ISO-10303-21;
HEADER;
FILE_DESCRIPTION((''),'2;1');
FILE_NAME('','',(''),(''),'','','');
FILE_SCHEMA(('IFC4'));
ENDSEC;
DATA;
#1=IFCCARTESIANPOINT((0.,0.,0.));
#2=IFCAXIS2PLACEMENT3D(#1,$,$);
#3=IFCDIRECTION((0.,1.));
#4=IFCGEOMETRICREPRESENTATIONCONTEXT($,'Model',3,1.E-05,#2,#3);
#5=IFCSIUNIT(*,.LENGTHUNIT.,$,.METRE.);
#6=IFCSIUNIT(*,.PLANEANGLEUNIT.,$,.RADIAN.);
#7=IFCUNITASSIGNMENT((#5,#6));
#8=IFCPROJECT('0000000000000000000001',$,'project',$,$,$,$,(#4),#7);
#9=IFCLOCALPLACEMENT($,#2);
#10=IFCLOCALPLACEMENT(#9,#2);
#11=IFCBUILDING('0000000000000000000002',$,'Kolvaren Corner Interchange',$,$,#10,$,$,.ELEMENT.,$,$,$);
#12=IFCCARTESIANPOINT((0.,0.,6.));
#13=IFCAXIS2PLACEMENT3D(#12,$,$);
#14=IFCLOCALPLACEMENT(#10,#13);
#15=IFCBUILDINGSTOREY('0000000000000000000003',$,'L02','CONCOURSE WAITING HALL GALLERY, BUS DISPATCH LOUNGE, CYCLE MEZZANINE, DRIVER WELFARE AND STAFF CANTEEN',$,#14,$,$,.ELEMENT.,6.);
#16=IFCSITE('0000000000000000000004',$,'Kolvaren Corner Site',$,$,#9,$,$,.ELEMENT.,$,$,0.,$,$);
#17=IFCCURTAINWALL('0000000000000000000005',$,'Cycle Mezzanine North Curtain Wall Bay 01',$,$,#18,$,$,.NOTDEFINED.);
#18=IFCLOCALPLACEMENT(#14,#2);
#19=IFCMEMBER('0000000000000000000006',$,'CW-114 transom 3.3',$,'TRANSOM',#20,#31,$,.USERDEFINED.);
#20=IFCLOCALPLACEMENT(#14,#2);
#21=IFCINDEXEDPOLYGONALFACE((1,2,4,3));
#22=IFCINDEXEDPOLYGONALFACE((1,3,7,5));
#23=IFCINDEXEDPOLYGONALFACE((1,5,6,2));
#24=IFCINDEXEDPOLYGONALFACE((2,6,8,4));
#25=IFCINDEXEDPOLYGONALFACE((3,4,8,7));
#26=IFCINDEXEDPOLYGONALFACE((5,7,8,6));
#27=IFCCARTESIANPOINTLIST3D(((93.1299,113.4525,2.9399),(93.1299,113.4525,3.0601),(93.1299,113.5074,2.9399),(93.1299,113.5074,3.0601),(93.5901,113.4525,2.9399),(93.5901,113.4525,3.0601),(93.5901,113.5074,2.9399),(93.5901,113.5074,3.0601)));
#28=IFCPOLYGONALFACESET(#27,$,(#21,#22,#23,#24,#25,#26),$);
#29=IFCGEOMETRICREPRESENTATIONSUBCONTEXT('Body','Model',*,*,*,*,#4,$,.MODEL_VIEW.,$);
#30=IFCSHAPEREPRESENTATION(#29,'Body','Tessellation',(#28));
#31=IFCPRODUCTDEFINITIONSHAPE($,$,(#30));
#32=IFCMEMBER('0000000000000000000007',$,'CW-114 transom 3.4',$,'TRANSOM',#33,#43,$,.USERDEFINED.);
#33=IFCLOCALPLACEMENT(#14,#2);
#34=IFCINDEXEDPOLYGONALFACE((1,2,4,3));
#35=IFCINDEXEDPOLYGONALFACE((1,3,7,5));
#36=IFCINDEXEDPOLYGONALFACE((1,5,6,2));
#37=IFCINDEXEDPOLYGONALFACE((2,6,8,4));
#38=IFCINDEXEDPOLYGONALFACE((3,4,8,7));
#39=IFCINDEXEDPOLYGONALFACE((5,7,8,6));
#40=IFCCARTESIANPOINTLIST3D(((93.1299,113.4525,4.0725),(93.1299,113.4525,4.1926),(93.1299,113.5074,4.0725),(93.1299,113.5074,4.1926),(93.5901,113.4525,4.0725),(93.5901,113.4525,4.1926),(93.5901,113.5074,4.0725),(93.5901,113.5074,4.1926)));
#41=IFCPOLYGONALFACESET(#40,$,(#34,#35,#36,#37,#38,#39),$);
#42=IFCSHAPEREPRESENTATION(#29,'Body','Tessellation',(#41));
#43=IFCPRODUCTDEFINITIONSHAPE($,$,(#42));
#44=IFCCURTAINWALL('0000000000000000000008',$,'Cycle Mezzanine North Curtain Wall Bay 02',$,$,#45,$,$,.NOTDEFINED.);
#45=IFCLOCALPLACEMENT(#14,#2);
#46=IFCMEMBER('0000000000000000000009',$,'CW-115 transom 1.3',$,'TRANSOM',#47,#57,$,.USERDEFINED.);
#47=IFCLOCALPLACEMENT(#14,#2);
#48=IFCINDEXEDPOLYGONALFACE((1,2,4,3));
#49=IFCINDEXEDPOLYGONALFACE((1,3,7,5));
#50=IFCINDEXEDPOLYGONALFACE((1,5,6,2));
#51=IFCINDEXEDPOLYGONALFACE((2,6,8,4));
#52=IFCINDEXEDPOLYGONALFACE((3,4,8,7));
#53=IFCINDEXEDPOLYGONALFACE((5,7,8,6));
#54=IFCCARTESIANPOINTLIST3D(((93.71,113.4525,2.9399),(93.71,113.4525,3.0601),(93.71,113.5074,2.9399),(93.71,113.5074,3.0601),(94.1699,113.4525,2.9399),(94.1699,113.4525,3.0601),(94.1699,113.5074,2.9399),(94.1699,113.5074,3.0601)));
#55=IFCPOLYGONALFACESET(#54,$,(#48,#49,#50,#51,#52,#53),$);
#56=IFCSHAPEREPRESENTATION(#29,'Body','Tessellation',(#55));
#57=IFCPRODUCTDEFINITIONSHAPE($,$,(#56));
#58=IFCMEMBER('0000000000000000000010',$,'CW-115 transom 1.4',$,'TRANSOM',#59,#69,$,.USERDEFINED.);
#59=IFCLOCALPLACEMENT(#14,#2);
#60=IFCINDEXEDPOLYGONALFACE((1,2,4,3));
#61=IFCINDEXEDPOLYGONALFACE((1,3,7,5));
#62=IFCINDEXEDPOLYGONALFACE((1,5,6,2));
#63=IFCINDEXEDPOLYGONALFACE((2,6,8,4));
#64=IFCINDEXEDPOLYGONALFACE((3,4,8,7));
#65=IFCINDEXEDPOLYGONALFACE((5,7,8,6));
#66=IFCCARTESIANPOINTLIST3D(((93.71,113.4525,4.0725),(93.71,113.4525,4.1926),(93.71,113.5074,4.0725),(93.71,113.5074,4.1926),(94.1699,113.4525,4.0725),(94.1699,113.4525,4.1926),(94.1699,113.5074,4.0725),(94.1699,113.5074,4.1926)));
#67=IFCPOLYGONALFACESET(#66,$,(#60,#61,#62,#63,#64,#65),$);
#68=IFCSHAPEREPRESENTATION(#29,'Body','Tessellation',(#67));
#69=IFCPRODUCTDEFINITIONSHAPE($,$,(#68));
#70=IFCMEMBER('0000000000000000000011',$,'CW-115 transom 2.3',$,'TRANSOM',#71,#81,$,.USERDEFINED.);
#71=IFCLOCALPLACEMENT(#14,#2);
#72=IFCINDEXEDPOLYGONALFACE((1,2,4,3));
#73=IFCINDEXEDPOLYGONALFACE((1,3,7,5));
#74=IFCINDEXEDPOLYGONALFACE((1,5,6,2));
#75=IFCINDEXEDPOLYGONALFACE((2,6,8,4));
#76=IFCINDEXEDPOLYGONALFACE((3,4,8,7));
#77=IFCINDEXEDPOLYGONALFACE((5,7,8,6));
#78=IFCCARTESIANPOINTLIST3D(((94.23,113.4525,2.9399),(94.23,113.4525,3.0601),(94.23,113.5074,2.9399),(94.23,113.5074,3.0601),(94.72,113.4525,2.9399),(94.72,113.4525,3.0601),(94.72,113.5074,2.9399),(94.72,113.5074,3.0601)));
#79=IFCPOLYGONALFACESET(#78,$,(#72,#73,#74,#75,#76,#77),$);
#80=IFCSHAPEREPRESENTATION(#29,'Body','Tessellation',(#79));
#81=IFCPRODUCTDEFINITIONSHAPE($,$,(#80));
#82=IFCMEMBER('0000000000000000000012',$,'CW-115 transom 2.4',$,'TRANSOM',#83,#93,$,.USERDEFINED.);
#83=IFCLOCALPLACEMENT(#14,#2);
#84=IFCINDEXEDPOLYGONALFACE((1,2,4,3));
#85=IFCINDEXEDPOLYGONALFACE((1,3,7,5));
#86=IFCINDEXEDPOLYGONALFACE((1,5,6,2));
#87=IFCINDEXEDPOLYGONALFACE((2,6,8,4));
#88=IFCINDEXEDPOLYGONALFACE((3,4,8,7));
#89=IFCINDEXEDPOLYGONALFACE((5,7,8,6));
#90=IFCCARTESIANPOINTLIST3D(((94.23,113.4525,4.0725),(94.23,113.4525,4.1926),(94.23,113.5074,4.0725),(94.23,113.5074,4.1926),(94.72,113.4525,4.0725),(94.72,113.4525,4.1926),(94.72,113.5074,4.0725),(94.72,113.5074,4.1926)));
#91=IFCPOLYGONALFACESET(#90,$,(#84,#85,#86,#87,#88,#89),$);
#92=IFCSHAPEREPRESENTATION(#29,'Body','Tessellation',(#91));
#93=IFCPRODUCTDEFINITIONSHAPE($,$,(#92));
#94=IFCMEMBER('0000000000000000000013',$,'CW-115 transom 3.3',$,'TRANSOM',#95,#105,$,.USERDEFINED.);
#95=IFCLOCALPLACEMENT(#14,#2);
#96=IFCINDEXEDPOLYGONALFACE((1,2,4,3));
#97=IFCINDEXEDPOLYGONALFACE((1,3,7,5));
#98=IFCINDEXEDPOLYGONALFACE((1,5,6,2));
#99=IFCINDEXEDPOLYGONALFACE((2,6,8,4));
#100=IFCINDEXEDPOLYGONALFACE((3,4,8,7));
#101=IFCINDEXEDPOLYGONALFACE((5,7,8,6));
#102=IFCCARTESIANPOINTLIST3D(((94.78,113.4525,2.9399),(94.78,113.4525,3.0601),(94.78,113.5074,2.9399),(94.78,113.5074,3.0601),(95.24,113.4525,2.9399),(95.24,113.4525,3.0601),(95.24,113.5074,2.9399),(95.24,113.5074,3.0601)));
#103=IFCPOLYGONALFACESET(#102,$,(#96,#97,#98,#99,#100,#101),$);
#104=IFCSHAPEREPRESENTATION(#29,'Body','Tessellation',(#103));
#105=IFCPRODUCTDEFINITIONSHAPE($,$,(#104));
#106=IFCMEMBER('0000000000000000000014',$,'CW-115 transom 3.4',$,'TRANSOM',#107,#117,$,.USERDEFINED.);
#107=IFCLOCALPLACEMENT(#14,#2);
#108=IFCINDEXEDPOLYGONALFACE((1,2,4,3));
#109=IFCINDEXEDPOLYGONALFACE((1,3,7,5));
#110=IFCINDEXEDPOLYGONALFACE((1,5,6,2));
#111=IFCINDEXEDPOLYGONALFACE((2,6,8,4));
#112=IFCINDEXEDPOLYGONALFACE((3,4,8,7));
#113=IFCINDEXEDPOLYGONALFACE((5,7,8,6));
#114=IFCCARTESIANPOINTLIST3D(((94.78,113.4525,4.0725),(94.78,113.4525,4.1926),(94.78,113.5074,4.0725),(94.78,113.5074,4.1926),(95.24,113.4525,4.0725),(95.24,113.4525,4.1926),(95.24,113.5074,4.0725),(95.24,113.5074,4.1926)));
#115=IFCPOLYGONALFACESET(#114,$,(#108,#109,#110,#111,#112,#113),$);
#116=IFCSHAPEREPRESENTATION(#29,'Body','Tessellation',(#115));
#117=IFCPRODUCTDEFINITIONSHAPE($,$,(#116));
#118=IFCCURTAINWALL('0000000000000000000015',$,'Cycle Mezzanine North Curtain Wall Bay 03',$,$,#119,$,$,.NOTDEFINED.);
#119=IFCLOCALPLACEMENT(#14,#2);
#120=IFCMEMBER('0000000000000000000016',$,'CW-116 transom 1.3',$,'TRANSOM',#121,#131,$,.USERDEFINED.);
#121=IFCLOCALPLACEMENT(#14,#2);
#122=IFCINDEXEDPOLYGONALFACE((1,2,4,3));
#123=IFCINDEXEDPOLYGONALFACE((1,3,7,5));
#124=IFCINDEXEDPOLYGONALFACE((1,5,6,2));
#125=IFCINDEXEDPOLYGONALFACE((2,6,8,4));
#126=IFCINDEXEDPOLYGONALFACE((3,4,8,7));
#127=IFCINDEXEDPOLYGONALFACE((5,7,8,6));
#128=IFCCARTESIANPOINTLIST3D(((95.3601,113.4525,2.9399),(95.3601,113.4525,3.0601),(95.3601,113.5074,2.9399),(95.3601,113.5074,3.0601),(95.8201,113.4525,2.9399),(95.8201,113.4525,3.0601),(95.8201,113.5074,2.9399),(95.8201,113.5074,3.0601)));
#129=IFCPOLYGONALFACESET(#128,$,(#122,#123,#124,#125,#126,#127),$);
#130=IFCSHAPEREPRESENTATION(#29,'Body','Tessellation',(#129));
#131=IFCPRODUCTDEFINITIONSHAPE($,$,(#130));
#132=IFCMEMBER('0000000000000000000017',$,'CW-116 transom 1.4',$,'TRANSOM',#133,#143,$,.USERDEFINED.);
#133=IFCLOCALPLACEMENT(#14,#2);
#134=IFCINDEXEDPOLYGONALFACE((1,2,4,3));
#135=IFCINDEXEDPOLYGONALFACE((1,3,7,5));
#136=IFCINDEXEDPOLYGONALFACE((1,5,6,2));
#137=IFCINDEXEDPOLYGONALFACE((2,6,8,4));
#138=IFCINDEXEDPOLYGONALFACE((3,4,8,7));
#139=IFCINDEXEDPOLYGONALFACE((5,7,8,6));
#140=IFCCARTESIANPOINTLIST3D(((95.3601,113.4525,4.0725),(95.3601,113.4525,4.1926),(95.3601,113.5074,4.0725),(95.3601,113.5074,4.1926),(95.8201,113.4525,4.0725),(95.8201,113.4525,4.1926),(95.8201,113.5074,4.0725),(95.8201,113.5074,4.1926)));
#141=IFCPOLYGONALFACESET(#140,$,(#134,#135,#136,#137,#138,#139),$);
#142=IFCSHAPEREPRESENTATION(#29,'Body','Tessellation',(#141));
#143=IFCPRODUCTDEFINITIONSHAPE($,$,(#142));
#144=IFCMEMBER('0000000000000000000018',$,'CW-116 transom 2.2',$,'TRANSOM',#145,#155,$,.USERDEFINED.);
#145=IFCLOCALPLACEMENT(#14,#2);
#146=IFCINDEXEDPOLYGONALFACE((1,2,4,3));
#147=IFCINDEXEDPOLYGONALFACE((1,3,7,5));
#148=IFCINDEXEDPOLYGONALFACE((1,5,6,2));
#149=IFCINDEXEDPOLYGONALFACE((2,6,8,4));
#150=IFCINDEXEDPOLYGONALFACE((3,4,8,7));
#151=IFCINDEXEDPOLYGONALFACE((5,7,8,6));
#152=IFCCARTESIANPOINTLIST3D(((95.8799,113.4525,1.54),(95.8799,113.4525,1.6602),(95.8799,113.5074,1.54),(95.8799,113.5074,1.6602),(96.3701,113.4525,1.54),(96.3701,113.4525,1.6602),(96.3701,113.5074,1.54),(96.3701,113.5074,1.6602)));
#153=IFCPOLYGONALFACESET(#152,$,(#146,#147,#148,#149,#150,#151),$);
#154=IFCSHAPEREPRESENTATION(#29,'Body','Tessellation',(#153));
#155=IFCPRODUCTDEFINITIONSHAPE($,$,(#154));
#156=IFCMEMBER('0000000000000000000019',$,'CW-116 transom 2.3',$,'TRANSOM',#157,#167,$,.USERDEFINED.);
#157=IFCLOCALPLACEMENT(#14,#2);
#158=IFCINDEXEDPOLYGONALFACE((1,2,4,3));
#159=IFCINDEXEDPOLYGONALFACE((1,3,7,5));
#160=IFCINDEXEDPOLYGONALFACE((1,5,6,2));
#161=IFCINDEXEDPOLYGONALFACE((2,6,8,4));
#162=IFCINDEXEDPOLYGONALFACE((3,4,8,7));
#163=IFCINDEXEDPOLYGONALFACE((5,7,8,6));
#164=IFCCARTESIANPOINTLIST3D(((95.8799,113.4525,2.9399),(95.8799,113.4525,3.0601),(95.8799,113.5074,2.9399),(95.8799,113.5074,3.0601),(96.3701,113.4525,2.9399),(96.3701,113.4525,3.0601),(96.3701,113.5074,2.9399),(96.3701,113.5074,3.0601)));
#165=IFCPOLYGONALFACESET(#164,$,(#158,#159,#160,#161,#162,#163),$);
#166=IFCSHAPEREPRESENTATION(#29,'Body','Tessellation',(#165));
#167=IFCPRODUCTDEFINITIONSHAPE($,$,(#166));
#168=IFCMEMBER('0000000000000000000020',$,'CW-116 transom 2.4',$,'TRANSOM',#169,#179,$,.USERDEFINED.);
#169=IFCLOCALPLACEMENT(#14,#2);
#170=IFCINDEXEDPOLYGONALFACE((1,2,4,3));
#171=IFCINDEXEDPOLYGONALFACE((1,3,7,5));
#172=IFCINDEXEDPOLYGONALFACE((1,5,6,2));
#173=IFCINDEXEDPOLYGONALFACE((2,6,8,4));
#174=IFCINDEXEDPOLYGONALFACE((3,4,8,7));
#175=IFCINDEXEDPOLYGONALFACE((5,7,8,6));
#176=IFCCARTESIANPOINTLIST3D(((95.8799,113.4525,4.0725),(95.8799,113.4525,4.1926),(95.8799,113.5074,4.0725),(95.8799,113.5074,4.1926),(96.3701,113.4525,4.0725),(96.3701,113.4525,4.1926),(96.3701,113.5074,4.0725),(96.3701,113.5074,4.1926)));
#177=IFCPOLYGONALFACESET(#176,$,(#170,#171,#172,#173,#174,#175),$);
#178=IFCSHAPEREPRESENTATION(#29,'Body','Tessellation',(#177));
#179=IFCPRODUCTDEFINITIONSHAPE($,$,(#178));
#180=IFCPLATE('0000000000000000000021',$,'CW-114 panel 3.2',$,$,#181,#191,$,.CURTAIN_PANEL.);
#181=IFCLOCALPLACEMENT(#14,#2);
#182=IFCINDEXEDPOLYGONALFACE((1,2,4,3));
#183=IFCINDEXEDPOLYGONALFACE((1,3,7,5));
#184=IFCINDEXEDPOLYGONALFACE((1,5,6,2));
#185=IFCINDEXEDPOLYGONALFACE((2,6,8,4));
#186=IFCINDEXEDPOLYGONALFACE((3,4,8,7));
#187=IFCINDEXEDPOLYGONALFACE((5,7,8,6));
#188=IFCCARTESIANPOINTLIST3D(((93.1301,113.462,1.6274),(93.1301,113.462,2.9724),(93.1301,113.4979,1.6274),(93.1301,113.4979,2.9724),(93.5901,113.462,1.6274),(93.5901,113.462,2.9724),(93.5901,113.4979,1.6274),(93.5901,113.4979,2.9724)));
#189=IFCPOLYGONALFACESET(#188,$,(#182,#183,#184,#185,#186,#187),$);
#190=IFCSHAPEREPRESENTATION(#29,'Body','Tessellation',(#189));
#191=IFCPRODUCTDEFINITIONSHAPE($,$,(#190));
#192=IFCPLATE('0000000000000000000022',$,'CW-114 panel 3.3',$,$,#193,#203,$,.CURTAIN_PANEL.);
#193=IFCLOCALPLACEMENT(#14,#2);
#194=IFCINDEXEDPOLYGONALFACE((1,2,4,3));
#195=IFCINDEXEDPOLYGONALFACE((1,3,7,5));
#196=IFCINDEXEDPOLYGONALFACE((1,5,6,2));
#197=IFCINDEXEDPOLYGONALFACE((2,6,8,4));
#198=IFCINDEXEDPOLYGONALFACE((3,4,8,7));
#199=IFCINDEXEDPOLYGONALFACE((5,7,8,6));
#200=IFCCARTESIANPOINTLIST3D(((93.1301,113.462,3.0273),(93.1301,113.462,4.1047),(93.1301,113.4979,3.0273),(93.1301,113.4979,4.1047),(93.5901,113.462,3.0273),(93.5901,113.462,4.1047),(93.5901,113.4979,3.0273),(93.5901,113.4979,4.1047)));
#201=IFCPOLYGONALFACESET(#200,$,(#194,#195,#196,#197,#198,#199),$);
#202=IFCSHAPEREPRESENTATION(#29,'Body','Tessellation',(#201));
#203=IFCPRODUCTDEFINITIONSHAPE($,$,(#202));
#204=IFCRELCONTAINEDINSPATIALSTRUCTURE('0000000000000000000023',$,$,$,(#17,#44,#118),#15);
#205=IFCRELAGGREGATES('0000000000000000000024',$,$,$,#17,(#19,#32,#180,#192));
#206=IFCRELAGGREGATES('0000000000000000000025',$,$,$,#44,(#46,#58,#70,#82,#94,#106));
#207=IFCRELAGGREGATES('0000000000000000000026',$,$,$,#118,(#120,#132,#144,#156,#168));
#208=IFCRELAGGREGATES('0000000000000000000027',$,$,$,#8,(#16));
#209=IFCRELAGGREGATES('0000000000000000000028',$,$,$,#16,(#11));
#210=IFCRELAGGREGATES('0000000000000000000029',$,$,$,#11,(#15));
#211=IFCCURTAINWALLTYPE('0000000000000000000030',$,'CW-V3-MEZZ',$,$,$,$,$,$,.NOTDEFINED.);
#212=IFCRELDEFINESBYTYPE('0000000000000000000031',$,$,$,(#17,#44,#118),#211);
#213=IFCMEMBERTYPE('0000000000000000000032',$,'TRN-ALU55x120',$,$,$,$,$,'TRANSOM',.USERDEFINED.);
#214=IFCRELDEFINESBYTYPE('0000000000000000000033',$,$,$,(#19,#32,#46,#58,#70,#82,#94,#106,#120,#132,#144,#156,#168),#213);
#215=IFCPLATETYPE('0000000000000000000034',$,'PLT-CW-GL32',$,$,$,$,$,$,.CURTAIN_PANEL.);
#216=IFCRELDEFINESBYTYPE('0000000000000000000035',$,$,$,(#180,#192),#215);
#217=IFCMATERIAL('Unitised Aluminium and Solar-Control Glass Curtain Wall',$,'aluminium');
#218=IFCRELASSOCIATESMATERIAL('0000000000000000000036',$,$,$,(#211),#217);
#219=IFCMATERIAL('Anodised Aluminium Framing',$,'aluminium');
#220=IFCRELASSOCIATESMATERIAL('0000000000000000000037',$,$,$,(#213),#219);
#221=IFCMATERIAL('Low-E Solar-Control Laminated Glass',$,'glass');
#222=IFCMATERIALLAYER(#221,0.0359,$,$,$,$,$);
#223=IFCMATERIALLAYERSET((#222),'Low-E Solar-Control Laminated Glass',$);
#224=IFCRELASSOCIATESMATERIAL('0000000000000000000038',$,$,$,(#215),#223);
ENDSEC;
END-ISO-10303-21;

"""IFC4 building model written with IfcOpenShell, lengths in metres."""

from ifc_helpers import new_model, si_unit, direction, frame, origin, origin_2d, place, context, subcontext, project, spatial, rectangle, extrude, material, layer, layer_set, material_profile, profile_set, type_object, element, aggregate, save


model = new_model("IFC4")

# Units and contexts
model_context = context("Model", 3, precision=1e-05, world=origin(), true_north=direction((0.0, 1.0)))
body_context = subcontext(model_context, "Body", "Model", "MODEL_VIEW")
ifc_project = project(units=[si_unit("LENGTHUNIT", "METRE"), si_unit("PLANEANGLEUNIT", "RADIAN")], contexts=[model_context])

# Site, building, storey
site_placement = place(None, origin())
site = spatial("IfcSite", under=ifc_project, at=site_placement, Name="Kolvaren Corner Site", CompositionType="ELEMENT", RefElevation=0.0)
building_placement = place(site_placement, origin())
building = spatial("IfcBuilding", under=site, at=building_placement, Name="Kolvaren Corner Interchange", CompositionType="ELEMENT")
storey_placement = place(building_placement, frame((0.0, 0.0, 6.0)))
storey = spatial("IfcBuildingStorey", under=building, at=storey_placement, Name="L02", Description="CONCOURSE WAITING HALL GALLERY, BUS DISPATCH LOUNGE, CYCLE MEZZANINE, DRIVER WELFARE AND STAFF CANTEEN", CompositionType="ELEMENT", Elevation=6.0)

# Curtain walls, members
ifc_material_1 = material(Name="Unitised Aluminium and Solar-Control Glass Curtain Wall", Category="aluminium")
curtain_wall_type = type_object("IfcCurtainWallType", Name="CW-V3-MEZZ", PredefinedType="NOTDEFINED", material=ifc_material_1)
curtain_wall_1_placement = place(storey_placement, origin())
curtain_wall_1 = element("IfcCurtainWall", 1, at=curtain_wall_1_placement, inside=storey, type_object=curtain_wall_type, Name="Cycle Mezzanine North Curtain Wall Bay 01", PredefinedType="NOTDEFINED")
ifc_material_2 = material(Name="Anodised Aluminium Framing", Category="aluminium")
ifc_material_profile = material_profile(ifc_material_2, rectangle(XDim=0.0549, YDim=0.1201, at=origin_2d()), Name="ALU 55x120")
ifc_profile_set = profile_set([ifc_material_profile], Name="Anodised Aluminium Framing")
member_type = type_object("IfcMemberType", Name="TRN-ALU55x120", ElementType="TRANSOM", PredefinedType="USERDEFINED", material=ifc_profile_set)
member_1_placement = place(storey_placement, frame((93.1299, 113.48, 3.0), z_axis=(1.0, 0.0, 0.0), x_axis=(0.0, 1.0, 0.0)))
member_1 = element("IfcMember", 2, at=member_1_placement, type_object=member_type, Name="CW-114 transom 3.3", ObjectType="TRANSOM", PredefinedType="USERDEFINED", context=body_context, shape_type="SweptSolid", body=[
    extrude(rectangle(XDim=0.0549, YDim=0.1201, at=origin_2d()), origin(), (0.0, 0.0, 1.0), 0.4602),
])
member_2_placement = place(storey_placement, frame((93.1299, 113.48, 4.1326), z_axis=(1.0, 0.0, 0.0), x_axis=(0.0, 1.0, 0.0)))
member_2 = element("IfcMember", 3, at=member_2_placement, type_object=member_type, Name="CW-114 transom 3.4", ObjectType="TRANSOM", PredefinedType="USERDEFINED", context=body_context, shape_type="SweptSolid", body=[
    extrude(rectangle(XDim=0.0549, YDim=0.1201, at=origin_2d()), origin(), (0.0, 0.0, 1.0), 0.4602),
])
curtain_wall_2_placement = place(storey_placement, origin())
curtain_wall_2 = element("IfcCurtainWall", 4, at=curtain_wall_2_placement, inside=storey, type_object=curtain_wall_type, Name="Cycle Mezzanine North Curtain Wall Bay 02", PredefinedType="NOTDEFINED")
member_3_placement = place(storey_placement, frame((93.71, 113.48, 3.0), z_axis=(1.0, 0.0, 0.0), x_axis=(0.0, 1.0, 0.0)))
member_3 = element("IfcMember", 5, at=member_3_placement, type_object=member_type, Name="CW-115 transom 1.3", ObjectType="TRANSOM", PredefinedType="USERDEFINED", context=body_context, shape_type="SweptSolid", body=[
    extrude(rectangle(XDim=0.0549, YDim=0.1201, at=origin_2d()), origin(), (0.0, 0.0, 1.0), 0.46),
])
member_4_placement = place(storey_placement, frame((93.71, 113.48, 4.1326), z_axis=(1.0, 0.0, 0.0), x_axis=(0.0, 1.0, 0.0)))
member_4 = element("IfcMember", 6, at=member_4_placement, type_object=member_type, Name="CW-115 transom 1.4", ObjectType="TRANSOM", PredefinedType="USERDEFINED", context=body_context, shape_type="SweptSolid", body=[
    extrude(rectangle(XDim=0.0549, YDim=0.1201, at=origin_2d()), origin(), (0.0, 0.0, 1.0), 0.46),
])
member_5_placement = place(storey_placement, frame((94.23, 113.48, 3.0), z_axis=(1.0, 0.0, 0.0), x_axis=(0.0, 1.0, 0.0)))
member_5 = element("IfcMember", 7, at=member_5_placement, type_object=member_type, Name="CW-115 transom 2.3", ObjectType="TRANSOM", PredefinedType="USERDEFINED", context=body_context, shape_type="SweptSolid", body=[
    extrude(rectangle(XDim=0.0549, YDim=0.1201, at=origin_2d()), origin(), (0.0, 0.0, 1.0), 0.49),
])
member_6_placement = place(storey_placement, frame((94.23, 113.48, 4.1326), z_axis=(1.0, 0.0, 0.0), x_axis=(0.0, 1.0, 0.0)))
member_6 = element("IfcMember", 8, at=member_6_placement, type_object=member_type, Name="CW-115 transom 2.4", ObjectType="TRANSOM", PredefinedType="USERDEFINED", context=body_context, shape_type="SweptSolid", body=[
    extrude(rectangle(XDim=0.0549, YDim=0.1201, at=origin_2d()), origin(), (0.0, 0.0, 1.0), 0.49),
])
member_7_placement = place(storey_placement, frame((94.78, 113.48, 3.0), z_axis=(1.0, 0.0, 0.0), x_axis=(0.0, 1.0, 0.0)))
member_7 = element("IfcMember", 9, at=member_7_placement, type_object=member_type, Name="CW-115 transom 3.3", ObjectType="TRANSOM", PredefinedType="USERDEFINED", context=body_context, shape_type="SweptSolid", body=[
    extrude(rectangle(XDim=0.0549, YDim=0.1201, at=origin_2d()), origin(), (0.0, 0.0, 1.0), 0.46),
])
member_8_placement = place(storey_placement, frame((94.78, 113.48, 4.1326), z_axis=(1.0, 0.0, 0.0), x_axis=(0.0, 1.0, 0.0)))
member_8 = element("IfcMember", 10, at=member_8_placement, type_object=member_type, Name="CW-115 transom 3.4", ObjectType="TRANSOM", PredefinedType="USERDEFINED", context=body_context, shape_type="SweptSolid", body=[
    extrude(rectangle(XDim=0.0549, YDim=0.1201, at=origin_2d()), origin(), (0.0, 0.0, 1.0), 0.46),
])
curtain_wall_3_placement = place(storey_placement, origin())
curtain_wall_3 = element("IfcCurtainWall", 11, at=curtain_wall_3_placement, inside=storey, type_object=curtain_wall_type, Name="Cycle Mezzanine North Curtain Wall Bay 03", PredefinedType="NOTDEFINED")
member_9_placement = place(storey_placement, frame((95.3601, 113.48, 3.0), z_axis=(1.0, 0.0, 0.0), x_axis=(0.0, 1.0, 0.0)))
member_9 = element("IfcMember", 12, at=member_9_placement, type_object=member_type, Name="CW-116 transom 1.3", ObjectType="TRANSOM", PredefinedType="USERDEFINED", context=body_context, shape_type="SweptSolid", body=[
    extrude(rectangle(XDim=0.0549, YDim=0.1201, at=origin_2d()), origin(), (0.0, 0.0, 1.0), 0.46),
])
member_10_placement = place(storey_placement, frame((95.3601, 113.48, 4.1326), z_axis=(1.0, 0.0, 0.0), x_axis=(0.0, 1.0, 0.0)))
member_10 = element("IfcMember", 13, at=member_10_placement, type_object=member_type, Name="CW-116 transom 1.4", ObjectType="TRANSOM", PredefinedType="USERDEFINED", context=body_context, shape_type="SweptSolid", body=[
    extrude(rectangle(XDim=0.0549, YDim=0.1201, at=origin_2d()), origin(), (0.0, 0.0, 1.0), 0.46),
])
member_11_placement = place(storey_placement, frame((95.8799, 113.48, 1.6001), z_axis=(1.0, 0.0, 0.0), x_axis=(0.0, 1.0, 0.0)))
member_11 = element("IfcMember", 14, at=member_11_placement, type_object=member_type, Name="CW-116 transom 2.2", ObjectType="TRANSOM", PredefinedType="USERDEFINED", context=body_context, shape_type="SweptSolid", body=[
    extrude(rectangle(XDim=0.0549, YDim=0.1201, at=origin_2d()), origin(), (0.0, 0.0, 1.0), 0.4902),
])
member_12_placement = place(storey_placement, frame((95.8799, 113.48, 3.0), z_axis=(1.0, 0.0, 0.0), x_axis=(0.0, 1.0, 0.0)))
member_12 = element("IfcMember", 15, at=member_12_placement, type_object=member_type, Name="CW-116 transom 2.3", ObjectType="TRANSOM", PredefinedType="USERDEFINED", context=body_context, shape_type="SweptSolid", body=[
    extrude(rectangle(XDim=0.0549, YDim=0.1201, at=origin_2d()), origin(), (0.0, 0.0, 1.0), 0.4902),
])
member_13_placement = place(storey_placement, frame((95.8799, 113.48, 4.1326), z_axis=(1.0, 0.0, 0.0), x_axis=(0.0, 1.0, 0.0)))
member_13 = element("IfcMember", 16, at=member_13_placement, type_object=member_type, Name="CW-116 transom 2.4", ObjectType="TRANSOM", PredefinedType="USERDEFINED", context=body_context, shape_type="SweptSolid", body=[
    extrude(rectangle(XDim=0.0549, YDim=0.1201, at=origin_2d()), origin(), (0.0, 0.0, 1.0), 0.4902),
])

# Plates
ifc_material_3 = material(Name="Low-E Solar-Control Laminated Glass", Category="glass")
ifc_layer = layer(ifc_material_3, 0.0359)
ifc_layer_set = layer_set([ifc_layer], Name="Low-E Solar-Control Laminated Glass")
plate_type = type_object("IfcPlateType", Name="PLT-CW-GL32", PredefinedType="CURTAIN_PANEL", material=ifc_layer_set)
plate_1_placement = place(storey_placement, frame((93.3601, 113.48, 1.6274), z_axis=(0.0, 0.0, 1.0), x_axis=(1.0, 0.0, 0.0)))
plate_1 = element("IfcPlate", 17, at=plate_1_placement, type_object=plate_type, Name="CW-114 panel 3.2", PredefinedType="CURTAIN_PANEL", context=body_context, shape_type="SweptSolid", body=[
    extrude(rectangle(XDim=0.46, YDim=0.0359, at=origin_2d()), origin(), (0.0, 0.0, 1.0), 1.345),
])
plate_2_placement = place(storey_placement, frame((93.3601, 113.48, 3.0273), z_axis=(0.0, 0.0, 1.0), x_axis=(1.0, 0.0, 0.0)))
plate_2 = element("IfcPlate", 18, at=plate_2_placement, type_object=plate_type, Name="CW-114 panel 3.3", PredefinedType="CURTAIN_PANEL", context=body_context, shape_type="SweptSolid", body=[
    extrude(rectangle(XDim=0.46, YDim=0.0359, at=origin_2d()), origin(), (0.0, 0.0, 1.0), 1.0774),
])
aggregate(curtain_wall_1, [member_1, member_2, plate_1, plate_2])
aggregate(curtain_wall_2, [member_3, member_4, member_5, member_6, member_7, member_8])
aggregate(curtain_wall_3, [member_9, member_10, member_11, member_12, member_13])

save(model, "model.ifc")
